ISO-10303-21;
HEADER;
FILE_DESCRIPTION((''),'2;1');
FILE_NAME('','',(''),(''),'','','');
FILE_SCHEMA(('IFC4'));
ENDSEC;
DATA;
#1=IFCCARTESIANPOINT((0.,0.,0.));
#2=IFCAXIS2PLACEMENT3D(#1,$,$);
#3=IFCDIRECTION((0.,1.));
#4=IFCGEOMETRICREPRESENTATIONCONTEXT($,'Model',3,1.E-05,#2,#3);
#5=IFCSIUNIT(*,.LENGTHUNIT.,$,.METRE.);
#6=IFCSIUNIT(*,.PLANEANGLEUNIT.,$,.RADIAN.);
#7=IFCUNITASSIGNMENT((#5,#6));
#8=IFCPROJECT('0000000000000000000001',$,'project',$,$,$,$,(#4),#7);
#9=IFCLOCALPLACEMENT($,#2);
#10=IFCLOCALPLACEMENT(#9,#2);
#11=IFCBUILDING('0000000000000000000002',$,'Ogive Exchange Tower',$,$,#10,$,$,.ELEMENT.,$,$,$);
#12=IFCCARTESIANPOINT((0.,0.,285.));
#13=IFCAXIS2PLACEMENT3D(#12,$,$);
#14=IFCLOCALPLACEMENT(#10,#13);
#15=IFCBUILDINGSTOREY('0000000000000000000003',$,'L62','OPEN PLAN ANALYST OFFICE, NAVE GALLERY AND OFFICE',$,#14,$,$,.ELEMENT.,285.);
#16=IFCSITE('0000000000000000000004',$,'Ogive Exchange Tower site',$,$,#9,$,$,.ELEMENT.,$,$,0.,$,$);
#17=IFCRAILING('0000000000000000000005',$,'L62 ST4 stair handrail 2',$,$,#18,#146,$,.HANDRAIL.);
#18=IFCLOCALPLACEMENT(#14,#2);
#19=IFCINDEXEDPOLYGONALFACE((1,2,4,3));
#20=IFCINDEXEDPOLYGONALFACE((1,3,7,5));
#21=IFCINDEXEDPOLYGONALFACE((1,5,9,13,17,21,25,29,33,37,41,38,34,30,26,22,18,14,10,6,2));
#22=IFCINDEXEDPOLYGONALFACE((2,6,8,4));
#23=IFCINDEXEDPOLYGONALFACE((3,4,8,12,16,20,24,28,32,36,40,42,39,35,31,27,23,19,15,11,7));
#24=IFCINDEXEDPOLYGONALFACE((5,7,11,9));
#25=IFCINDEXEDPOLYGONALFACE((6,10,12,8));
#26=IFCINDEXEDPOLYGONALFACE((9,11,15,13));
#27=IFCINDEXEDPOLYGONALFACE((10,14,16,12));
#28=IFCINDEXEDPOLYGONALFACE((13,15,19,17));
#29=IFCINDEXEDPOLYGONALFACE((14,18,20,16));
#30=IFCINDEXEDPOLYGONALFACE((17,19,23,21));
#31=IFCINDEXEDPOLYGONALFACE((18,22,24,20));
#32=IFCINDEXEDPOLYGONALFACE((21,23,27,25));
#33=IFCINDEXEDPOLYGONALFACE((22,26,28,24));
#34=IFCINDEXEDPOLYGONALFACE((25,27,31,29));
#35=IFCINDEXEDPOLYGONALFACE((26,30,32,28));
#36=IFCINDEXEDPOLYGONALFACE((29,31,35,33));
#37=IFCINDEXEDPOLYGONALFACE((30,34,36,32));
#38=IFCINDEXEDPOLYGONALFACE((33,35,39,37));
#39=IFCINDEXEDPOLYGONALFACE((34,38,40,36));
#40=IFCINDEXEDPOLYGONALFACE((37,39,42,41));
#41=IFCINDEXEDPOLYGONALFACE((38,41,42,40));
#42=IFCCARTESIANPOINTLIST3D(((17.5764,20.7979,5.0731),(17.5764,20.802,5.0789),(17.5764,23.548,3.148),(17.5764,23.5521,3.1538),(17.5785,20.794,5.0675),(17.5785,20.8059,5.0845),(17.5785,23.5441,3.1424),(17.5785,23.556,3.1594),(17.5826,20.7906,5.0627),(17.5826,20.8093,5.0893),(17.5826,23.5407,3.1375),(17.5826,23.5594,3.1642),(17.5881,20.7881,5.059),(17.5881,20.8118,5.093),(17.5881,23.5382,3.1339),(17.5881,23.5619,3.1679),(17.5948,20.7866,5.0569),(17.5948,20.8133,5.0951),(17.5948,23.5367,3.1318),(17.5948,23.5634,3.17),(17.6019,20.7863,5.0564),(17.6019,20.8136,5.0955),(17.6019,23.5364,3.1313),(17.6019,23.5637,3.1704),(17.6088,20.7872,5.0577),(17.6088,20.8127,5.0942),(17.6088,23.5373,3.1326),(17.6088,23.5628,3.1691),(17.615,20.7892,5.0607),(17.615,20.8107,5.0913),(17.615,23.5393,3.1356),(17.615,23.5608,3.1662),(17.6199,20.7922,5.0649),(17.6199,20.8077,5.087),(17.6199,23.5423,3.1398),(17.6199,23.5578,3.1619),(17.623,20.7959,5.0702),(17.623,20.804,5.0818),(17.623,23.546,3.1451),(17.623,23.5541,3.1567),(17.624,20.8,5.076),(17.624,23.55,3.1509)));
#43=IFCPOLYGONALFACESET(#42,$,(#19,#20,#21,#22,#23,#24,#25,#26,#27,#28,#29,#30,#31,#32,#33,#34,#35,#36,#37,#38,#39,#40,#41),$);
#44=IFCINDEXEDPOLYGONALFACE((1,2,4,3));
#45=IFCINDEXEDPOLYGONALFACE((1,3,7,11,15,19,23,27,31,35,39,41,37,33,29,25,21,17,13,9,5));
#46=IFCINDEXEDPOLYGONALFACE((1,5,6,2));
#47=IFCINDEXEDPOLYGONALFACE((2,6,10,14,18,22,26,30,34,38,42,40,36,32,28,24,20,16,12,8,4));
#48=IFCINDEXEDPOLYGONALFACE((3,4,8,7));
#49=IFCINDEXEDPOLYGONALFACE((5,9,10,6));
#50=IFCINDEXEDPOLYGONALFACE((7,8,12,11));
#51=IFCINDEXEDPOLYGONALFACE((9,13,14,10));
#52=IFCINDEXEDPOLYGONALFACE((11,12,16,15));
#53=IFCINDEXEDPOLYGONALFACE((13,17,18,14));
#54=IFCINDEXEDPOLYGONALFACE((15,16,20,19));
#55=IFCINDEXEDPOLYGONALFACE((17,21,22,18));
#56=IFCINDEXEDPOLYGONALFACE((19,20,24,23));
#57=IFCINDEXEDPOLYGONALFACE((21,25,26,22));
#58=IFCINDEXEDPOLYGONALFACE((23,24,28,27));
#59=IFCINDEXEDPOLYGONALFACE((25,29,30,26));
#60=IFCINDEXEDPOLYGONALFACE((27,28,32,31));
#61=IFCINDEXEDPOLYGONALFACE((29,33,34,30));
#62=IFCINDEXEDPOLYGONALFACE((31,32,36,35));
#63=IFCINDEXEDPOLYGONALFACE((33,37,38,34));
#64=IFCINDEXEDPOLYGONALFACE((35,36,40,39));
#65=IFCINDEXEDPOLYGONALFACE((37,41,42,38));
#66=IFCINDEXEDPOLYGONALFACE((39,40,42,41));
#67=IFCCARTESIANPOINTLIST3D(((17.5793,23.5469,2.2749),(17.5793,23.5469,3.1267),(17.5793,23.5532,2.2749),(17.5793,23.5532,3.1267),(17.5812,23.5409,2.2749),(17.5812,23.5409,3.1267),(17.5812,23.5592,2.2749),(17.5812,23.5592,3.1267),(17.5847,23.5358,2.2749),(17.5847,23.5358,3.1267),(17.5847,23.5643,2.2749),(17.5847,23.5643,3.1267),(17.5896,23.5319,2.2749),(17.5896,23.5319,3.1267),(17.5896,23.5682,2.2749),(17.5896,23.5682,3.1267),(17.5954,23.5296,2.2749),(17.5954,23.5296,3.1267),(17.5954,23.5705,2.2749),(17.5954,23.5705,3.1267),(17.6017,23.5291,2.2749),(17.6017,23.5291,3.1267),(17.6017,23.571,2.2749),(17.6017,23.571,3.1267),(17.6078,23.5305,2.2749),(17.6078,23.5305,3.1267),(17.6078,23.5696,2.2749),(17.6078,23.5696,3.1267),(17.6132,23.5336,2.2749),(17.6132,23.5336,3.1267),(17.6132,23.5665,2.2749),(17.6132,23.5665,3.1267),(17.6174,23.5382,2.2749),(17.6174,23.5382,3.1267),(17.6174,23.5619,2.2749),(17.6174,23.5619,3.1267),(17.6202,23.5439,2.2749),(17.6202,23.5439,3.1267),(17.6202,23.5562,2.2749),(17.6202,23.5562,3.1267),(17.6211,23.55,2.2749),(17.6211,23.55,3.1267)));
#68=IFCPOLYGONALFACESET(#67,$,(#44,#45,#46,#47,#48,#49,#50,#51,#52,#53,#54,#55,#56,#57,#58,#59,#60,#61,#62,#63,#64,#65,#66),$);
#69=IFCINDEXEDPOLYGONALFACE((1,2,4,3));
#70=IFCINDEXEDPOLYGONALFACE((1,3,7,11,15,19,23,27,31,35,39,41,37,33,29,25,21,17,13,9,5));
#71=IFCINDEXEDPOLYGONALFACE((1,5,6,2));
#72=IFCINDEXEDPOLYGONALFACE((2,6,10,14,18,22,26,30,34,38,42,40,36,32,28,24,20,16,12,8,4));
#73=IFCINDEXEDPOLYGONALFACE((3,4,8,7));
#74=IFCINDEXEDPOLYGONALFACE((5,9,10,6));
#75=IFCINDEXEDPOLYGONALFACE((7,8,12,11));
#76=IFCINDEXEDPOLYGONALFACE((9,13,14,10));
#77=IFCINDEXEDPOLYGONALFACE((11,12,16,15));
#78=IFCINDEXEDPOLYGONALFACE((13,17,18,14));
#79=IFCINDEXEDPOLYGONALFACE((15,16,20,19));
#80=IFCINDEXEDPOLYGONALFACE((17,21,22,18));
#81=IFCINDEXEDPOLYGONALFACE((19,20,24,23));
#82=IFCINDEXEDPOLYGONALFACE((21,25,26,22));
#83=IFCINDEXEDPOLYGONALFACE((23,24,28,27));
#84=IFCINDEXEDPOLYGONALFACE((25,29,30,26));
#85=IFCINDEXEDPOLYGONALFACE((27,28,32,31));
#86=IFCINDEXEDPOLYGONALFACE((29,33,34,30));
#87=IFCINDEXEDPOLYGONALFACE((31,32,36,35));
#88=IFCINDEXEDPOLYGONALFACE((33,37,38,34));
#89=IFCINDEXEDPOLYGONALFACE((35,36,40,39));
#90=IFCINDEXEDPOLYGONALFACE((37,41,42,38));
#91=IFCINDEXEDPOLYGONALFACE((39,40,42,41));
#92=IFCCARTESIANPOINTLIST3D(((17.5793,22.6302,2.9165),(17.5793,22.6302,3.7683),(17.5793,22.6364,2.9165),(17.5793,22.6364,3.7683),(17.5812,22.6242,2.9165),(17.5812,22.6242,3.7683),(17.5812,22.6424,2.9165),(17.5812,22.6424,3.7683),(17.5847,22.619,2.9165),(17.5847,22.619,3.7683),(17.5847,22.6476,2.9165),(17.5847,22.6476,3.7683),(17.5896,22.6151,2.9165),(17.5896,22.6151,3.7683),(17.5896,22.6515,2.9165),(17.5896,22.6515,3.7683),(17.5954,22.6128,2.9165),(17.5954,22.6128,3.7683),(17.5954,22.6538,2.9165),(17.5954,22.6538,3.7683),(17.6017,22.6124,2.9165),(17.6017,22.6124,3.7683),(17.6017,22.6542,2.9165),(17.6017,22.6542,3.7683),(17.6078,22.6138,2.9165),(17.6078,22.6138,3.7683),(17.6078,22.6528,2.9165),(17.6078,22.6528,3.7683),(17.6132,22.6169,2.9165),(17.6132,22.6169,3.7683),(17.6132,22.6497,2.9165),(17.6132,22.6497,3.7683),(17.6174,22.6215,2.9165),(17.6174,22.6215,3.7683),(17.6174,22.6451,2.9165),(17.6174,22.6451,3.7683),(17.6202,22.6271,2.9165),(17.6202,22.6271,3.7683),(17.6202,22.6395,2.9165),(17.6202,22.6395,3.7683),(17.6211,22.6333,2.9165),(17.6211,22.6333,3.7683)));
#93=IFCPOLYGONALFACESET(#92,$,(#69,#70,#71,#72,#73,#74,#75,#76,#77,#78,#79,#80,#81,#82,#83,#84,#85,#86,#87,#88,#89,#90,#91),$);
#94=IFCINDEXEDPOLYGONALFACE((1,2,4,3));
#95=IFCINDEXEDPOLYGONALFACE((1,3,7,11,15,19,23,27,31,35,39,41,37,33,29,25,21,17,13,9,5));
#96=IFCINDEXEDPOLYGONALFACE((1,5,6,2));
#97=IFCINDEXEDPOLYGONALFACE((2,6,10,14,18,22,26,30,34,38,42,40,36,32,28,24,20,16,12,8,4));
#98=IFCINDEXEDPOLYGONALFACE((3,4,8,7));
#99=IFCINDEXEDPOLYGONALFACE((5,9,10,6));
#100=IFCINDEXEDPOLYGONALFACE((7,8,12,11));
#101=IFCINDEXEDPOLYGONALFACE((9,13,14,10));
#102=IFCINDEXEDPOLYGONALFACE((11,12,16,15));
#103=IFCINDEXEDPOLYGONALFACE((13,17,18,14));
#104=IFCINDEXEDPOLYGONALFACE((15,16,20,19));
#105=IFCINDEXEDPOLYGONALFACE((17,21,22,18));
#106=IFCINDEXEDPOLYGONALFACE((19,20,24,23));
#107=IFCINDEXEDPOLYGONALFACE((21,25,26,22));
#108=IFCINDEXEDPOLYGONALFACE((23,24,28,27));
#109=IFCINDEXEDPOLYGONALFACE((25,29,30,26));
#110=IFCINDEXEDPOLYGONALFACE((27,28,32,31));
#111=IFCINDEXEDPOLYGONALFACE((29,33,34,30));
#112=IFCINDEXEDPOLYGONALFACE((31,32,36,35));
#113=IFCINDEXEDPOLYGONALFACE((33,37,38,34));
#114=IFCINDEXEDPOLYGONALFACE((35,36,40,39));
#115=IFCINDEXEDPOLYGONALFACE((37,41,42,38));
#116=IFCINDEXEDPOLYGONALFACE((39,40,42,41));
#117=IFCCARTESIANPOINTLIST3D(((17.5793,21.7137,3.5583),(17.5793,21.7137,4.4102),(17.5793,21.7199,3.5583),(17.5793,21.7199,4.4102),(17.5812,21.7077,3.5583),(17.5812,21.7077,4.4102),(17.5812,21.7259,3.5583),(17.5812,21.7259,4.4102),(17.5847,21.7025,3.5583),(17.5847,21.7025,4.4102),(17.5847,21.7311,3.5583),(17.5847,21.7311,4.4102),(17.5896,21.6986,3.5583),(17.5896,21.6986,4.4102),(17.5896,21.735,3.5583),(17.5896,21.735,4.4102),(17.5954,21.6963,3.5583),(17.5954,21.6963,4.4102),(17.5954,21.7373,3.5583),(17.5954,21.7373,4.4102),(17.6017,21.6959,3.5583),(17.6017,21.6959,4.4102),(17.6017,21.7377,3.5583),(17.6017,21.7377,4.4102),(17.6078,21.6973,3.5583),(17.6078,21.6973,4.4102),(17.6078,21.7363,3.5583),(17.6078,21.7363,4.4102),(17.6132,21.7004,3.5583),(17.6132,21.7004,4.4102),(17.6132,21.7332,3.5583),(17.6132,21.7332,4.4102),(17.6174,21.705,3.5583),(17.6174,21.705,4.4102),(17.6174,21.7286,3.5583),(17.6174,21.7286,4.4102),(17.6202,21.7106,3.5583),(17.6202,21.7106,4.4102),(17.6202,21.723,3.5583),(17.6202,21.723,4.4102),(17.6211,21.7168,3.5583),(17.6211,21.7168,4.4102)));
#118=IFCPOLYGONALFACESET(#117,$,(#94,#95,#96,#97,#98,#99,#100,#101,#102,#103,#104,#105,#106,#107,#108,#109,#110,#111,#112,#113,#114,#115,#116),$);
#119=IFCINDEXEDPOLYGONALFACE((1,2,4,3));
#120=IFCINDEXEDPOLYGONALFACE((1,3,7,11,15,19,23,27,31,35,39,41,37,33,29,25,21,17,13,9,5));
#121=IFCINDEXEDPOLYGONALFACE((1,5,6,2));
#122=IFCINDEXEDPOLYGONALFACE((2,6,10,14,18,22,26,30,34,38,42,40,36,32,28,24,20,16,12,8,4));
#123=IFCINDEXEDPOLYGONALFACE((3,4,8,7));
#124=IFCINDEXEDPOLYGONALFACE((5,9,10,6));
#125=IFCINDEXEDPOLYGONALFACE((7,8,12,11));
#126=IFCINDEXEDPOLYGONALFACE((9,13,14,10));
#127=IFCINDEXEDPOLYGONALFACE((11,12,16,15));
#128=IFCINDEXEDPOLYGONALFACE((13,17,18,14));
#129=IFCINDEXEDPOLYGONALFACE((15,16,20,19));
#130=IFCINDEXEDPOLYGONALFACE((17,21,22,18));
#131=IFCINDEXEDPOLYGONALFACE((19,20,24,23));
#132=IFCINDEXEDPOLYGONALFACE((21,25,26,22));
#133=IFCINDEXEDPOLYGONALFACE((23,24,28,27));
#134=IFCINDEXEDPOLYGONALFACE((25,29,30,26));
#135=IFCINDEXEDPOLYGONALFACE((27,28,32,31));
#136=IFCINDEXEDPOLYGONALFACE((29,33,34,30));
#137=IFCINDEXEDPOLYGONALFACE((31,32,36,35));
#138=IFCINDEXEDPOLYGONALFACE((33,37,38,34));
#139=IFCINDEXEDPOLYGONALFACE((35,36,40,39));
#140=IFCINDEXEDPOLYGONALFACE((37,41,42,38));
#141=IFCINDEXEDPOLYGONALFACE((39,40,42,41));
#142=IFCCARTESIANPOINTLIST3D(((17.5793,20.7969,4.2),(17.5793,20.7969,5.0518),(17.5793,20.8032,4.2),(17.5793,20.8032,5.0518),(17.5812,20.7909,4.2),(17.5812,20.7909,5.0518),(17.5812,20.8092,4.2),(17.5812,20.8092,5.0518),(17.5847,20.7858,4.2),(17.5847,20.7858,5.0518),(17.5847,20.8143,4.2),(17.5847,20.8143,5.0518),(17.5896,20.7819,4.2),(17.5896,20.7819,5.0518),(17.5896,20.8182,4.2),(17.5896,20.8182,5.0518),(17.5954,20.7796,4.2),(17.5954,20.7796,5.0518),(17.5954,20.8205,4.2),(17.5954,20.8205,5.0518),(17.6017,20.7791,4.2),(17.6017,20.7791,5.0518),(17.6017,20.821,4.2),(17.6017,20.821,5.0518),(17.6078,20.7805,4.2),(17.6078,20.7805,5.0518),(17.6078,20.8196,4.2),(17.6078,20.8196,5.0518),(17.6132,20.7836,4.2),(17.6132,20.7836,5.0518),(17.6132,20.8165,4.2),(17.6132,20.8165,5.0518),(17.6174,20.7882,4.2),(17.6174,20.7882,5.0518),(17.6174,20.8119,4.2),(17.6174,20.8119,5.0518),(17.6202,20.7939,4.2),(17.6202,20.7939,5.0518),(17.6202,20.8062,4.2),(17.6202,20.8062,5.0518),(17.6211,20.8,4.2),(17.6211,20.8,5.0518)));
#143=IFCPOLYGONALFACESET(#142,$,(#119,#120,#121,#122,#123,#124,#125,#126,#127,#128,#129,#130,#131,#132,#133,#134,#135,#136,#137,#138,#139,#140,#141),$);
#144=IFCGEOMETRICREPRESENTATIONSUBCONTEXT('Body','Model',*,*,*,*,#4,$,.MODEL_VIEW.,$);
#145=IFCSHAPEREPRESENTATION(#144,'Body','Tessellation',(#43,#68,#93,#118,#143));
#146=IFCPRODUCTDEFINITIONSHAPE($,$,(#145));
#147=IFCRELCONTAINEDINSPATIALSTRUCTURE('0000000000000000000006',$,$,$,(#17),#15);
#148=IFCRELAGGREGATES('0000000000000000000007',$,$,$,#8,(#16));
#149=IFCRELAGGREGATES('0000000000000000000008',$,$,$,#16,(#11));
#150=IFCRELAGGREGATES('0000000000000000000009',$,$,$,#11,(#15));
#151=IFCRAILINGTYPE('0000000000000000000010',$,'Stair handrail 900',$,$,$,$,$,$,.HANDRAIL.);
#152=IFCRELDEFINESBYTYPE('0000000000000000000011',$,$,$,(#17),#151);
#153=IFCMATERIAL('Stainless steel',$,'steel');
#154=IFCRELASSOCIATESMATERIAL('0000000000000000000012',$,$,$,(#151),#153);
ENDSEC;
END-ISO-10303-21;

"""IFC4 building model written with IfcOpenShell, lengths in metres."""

from ifc_helpers import new_model, si_unit, direction, frame, origin, origin_2d, place, context, subcontext, project, spatial, circle, extrude, material, type_object, element, save


model = new_model("IFC4")

# Units and contexts
model_context = context("Model", 3, precision=1e-05, world=origin(), true_north=direction((0.0, 1.0)))
body_context = subcontext(model_context, "Body", "Model", "MODEL_VIEW")
ifc_project = project(units=[si_unit("LENGTHUNIT", "METRE"), si_unit("PLANEANGLEUNIT", "RADIAN")], contexts=[model_context])

# Site, building, storey
site_placement = place(None, origin())
site = spatial("IfcSite", under=ifc_project, at=site_placement, Name="Ogive Exchange Tower site", CompositionType="ELEMENT", RefElevation=0.0)
building_placement = place(site_placement, origin())
building = spatial("IfcBuilding", under=site, at=building_placement, Name="Ogive Exchange Tower", CompositionType="ELEMENT")
storey_placement = place(building_placement, frame((0.0, 0.0, 285.0)))
storey = spatial("IfcBuildingStorey", under=building, at=storey_placement, Name="L62", Description="OPEN PLAN ANALYST OFFICE, NAVE GALLERY AND OFFICE", CompositionType="ELEMENT", Elevation=285.0)

# Railing
ifc_material_1 = material(Name="Stainless steel", Category="steel")
railing_type = type_object("IfcRailingType", Name="Stair handrail 900", PredefinedType="HANDRAIL", material=ifc_material_1)
railing_placement = place(storey_placement, frame((17.6001, 23.55, 2.2749)))
element("IfcRailing", 1, at=railing_placement, inside=storey, type_object=railing_type, Name="L62 ST4 stair handrail 2", PredefinedType="HANDRAIL", context=body_context, shape_type="SweptSolid", body=[
    extrude(circle(Radius=0.0239, at=origin_2d()), frame((0.0, 0.0, 0.876), z_axis=(0.0, -0.819225, 0.573472), x_axis=(1.0, 0.0, 0.0)), (0.0, 0.0, 1.0), 3.3569),
    extrude(circle(Radius=0.021, at=origin_2d()), origin(), (0.0, 0.0, 1.0), 0.8518),
    extrude(circle(Radius=0.021, at=origin_2d()), frame((0.0, -0.9167, 0.6416)), (0.0, 0.0, 1.0), 0.8518),
    extrude(circle(Radius=0.021, at=origin_2d()), frame((0.0, -1.8333, 1.2834)), (0.0, 0.0, 1.0), 0.8518),
    extrude(circle(Radius=0.021, at=origin_2d()), frame((0.0, -2.75, 1.925)), (0.0, 0.0, 1.0), 0.8518),
])

save(model, "model.ifc")
